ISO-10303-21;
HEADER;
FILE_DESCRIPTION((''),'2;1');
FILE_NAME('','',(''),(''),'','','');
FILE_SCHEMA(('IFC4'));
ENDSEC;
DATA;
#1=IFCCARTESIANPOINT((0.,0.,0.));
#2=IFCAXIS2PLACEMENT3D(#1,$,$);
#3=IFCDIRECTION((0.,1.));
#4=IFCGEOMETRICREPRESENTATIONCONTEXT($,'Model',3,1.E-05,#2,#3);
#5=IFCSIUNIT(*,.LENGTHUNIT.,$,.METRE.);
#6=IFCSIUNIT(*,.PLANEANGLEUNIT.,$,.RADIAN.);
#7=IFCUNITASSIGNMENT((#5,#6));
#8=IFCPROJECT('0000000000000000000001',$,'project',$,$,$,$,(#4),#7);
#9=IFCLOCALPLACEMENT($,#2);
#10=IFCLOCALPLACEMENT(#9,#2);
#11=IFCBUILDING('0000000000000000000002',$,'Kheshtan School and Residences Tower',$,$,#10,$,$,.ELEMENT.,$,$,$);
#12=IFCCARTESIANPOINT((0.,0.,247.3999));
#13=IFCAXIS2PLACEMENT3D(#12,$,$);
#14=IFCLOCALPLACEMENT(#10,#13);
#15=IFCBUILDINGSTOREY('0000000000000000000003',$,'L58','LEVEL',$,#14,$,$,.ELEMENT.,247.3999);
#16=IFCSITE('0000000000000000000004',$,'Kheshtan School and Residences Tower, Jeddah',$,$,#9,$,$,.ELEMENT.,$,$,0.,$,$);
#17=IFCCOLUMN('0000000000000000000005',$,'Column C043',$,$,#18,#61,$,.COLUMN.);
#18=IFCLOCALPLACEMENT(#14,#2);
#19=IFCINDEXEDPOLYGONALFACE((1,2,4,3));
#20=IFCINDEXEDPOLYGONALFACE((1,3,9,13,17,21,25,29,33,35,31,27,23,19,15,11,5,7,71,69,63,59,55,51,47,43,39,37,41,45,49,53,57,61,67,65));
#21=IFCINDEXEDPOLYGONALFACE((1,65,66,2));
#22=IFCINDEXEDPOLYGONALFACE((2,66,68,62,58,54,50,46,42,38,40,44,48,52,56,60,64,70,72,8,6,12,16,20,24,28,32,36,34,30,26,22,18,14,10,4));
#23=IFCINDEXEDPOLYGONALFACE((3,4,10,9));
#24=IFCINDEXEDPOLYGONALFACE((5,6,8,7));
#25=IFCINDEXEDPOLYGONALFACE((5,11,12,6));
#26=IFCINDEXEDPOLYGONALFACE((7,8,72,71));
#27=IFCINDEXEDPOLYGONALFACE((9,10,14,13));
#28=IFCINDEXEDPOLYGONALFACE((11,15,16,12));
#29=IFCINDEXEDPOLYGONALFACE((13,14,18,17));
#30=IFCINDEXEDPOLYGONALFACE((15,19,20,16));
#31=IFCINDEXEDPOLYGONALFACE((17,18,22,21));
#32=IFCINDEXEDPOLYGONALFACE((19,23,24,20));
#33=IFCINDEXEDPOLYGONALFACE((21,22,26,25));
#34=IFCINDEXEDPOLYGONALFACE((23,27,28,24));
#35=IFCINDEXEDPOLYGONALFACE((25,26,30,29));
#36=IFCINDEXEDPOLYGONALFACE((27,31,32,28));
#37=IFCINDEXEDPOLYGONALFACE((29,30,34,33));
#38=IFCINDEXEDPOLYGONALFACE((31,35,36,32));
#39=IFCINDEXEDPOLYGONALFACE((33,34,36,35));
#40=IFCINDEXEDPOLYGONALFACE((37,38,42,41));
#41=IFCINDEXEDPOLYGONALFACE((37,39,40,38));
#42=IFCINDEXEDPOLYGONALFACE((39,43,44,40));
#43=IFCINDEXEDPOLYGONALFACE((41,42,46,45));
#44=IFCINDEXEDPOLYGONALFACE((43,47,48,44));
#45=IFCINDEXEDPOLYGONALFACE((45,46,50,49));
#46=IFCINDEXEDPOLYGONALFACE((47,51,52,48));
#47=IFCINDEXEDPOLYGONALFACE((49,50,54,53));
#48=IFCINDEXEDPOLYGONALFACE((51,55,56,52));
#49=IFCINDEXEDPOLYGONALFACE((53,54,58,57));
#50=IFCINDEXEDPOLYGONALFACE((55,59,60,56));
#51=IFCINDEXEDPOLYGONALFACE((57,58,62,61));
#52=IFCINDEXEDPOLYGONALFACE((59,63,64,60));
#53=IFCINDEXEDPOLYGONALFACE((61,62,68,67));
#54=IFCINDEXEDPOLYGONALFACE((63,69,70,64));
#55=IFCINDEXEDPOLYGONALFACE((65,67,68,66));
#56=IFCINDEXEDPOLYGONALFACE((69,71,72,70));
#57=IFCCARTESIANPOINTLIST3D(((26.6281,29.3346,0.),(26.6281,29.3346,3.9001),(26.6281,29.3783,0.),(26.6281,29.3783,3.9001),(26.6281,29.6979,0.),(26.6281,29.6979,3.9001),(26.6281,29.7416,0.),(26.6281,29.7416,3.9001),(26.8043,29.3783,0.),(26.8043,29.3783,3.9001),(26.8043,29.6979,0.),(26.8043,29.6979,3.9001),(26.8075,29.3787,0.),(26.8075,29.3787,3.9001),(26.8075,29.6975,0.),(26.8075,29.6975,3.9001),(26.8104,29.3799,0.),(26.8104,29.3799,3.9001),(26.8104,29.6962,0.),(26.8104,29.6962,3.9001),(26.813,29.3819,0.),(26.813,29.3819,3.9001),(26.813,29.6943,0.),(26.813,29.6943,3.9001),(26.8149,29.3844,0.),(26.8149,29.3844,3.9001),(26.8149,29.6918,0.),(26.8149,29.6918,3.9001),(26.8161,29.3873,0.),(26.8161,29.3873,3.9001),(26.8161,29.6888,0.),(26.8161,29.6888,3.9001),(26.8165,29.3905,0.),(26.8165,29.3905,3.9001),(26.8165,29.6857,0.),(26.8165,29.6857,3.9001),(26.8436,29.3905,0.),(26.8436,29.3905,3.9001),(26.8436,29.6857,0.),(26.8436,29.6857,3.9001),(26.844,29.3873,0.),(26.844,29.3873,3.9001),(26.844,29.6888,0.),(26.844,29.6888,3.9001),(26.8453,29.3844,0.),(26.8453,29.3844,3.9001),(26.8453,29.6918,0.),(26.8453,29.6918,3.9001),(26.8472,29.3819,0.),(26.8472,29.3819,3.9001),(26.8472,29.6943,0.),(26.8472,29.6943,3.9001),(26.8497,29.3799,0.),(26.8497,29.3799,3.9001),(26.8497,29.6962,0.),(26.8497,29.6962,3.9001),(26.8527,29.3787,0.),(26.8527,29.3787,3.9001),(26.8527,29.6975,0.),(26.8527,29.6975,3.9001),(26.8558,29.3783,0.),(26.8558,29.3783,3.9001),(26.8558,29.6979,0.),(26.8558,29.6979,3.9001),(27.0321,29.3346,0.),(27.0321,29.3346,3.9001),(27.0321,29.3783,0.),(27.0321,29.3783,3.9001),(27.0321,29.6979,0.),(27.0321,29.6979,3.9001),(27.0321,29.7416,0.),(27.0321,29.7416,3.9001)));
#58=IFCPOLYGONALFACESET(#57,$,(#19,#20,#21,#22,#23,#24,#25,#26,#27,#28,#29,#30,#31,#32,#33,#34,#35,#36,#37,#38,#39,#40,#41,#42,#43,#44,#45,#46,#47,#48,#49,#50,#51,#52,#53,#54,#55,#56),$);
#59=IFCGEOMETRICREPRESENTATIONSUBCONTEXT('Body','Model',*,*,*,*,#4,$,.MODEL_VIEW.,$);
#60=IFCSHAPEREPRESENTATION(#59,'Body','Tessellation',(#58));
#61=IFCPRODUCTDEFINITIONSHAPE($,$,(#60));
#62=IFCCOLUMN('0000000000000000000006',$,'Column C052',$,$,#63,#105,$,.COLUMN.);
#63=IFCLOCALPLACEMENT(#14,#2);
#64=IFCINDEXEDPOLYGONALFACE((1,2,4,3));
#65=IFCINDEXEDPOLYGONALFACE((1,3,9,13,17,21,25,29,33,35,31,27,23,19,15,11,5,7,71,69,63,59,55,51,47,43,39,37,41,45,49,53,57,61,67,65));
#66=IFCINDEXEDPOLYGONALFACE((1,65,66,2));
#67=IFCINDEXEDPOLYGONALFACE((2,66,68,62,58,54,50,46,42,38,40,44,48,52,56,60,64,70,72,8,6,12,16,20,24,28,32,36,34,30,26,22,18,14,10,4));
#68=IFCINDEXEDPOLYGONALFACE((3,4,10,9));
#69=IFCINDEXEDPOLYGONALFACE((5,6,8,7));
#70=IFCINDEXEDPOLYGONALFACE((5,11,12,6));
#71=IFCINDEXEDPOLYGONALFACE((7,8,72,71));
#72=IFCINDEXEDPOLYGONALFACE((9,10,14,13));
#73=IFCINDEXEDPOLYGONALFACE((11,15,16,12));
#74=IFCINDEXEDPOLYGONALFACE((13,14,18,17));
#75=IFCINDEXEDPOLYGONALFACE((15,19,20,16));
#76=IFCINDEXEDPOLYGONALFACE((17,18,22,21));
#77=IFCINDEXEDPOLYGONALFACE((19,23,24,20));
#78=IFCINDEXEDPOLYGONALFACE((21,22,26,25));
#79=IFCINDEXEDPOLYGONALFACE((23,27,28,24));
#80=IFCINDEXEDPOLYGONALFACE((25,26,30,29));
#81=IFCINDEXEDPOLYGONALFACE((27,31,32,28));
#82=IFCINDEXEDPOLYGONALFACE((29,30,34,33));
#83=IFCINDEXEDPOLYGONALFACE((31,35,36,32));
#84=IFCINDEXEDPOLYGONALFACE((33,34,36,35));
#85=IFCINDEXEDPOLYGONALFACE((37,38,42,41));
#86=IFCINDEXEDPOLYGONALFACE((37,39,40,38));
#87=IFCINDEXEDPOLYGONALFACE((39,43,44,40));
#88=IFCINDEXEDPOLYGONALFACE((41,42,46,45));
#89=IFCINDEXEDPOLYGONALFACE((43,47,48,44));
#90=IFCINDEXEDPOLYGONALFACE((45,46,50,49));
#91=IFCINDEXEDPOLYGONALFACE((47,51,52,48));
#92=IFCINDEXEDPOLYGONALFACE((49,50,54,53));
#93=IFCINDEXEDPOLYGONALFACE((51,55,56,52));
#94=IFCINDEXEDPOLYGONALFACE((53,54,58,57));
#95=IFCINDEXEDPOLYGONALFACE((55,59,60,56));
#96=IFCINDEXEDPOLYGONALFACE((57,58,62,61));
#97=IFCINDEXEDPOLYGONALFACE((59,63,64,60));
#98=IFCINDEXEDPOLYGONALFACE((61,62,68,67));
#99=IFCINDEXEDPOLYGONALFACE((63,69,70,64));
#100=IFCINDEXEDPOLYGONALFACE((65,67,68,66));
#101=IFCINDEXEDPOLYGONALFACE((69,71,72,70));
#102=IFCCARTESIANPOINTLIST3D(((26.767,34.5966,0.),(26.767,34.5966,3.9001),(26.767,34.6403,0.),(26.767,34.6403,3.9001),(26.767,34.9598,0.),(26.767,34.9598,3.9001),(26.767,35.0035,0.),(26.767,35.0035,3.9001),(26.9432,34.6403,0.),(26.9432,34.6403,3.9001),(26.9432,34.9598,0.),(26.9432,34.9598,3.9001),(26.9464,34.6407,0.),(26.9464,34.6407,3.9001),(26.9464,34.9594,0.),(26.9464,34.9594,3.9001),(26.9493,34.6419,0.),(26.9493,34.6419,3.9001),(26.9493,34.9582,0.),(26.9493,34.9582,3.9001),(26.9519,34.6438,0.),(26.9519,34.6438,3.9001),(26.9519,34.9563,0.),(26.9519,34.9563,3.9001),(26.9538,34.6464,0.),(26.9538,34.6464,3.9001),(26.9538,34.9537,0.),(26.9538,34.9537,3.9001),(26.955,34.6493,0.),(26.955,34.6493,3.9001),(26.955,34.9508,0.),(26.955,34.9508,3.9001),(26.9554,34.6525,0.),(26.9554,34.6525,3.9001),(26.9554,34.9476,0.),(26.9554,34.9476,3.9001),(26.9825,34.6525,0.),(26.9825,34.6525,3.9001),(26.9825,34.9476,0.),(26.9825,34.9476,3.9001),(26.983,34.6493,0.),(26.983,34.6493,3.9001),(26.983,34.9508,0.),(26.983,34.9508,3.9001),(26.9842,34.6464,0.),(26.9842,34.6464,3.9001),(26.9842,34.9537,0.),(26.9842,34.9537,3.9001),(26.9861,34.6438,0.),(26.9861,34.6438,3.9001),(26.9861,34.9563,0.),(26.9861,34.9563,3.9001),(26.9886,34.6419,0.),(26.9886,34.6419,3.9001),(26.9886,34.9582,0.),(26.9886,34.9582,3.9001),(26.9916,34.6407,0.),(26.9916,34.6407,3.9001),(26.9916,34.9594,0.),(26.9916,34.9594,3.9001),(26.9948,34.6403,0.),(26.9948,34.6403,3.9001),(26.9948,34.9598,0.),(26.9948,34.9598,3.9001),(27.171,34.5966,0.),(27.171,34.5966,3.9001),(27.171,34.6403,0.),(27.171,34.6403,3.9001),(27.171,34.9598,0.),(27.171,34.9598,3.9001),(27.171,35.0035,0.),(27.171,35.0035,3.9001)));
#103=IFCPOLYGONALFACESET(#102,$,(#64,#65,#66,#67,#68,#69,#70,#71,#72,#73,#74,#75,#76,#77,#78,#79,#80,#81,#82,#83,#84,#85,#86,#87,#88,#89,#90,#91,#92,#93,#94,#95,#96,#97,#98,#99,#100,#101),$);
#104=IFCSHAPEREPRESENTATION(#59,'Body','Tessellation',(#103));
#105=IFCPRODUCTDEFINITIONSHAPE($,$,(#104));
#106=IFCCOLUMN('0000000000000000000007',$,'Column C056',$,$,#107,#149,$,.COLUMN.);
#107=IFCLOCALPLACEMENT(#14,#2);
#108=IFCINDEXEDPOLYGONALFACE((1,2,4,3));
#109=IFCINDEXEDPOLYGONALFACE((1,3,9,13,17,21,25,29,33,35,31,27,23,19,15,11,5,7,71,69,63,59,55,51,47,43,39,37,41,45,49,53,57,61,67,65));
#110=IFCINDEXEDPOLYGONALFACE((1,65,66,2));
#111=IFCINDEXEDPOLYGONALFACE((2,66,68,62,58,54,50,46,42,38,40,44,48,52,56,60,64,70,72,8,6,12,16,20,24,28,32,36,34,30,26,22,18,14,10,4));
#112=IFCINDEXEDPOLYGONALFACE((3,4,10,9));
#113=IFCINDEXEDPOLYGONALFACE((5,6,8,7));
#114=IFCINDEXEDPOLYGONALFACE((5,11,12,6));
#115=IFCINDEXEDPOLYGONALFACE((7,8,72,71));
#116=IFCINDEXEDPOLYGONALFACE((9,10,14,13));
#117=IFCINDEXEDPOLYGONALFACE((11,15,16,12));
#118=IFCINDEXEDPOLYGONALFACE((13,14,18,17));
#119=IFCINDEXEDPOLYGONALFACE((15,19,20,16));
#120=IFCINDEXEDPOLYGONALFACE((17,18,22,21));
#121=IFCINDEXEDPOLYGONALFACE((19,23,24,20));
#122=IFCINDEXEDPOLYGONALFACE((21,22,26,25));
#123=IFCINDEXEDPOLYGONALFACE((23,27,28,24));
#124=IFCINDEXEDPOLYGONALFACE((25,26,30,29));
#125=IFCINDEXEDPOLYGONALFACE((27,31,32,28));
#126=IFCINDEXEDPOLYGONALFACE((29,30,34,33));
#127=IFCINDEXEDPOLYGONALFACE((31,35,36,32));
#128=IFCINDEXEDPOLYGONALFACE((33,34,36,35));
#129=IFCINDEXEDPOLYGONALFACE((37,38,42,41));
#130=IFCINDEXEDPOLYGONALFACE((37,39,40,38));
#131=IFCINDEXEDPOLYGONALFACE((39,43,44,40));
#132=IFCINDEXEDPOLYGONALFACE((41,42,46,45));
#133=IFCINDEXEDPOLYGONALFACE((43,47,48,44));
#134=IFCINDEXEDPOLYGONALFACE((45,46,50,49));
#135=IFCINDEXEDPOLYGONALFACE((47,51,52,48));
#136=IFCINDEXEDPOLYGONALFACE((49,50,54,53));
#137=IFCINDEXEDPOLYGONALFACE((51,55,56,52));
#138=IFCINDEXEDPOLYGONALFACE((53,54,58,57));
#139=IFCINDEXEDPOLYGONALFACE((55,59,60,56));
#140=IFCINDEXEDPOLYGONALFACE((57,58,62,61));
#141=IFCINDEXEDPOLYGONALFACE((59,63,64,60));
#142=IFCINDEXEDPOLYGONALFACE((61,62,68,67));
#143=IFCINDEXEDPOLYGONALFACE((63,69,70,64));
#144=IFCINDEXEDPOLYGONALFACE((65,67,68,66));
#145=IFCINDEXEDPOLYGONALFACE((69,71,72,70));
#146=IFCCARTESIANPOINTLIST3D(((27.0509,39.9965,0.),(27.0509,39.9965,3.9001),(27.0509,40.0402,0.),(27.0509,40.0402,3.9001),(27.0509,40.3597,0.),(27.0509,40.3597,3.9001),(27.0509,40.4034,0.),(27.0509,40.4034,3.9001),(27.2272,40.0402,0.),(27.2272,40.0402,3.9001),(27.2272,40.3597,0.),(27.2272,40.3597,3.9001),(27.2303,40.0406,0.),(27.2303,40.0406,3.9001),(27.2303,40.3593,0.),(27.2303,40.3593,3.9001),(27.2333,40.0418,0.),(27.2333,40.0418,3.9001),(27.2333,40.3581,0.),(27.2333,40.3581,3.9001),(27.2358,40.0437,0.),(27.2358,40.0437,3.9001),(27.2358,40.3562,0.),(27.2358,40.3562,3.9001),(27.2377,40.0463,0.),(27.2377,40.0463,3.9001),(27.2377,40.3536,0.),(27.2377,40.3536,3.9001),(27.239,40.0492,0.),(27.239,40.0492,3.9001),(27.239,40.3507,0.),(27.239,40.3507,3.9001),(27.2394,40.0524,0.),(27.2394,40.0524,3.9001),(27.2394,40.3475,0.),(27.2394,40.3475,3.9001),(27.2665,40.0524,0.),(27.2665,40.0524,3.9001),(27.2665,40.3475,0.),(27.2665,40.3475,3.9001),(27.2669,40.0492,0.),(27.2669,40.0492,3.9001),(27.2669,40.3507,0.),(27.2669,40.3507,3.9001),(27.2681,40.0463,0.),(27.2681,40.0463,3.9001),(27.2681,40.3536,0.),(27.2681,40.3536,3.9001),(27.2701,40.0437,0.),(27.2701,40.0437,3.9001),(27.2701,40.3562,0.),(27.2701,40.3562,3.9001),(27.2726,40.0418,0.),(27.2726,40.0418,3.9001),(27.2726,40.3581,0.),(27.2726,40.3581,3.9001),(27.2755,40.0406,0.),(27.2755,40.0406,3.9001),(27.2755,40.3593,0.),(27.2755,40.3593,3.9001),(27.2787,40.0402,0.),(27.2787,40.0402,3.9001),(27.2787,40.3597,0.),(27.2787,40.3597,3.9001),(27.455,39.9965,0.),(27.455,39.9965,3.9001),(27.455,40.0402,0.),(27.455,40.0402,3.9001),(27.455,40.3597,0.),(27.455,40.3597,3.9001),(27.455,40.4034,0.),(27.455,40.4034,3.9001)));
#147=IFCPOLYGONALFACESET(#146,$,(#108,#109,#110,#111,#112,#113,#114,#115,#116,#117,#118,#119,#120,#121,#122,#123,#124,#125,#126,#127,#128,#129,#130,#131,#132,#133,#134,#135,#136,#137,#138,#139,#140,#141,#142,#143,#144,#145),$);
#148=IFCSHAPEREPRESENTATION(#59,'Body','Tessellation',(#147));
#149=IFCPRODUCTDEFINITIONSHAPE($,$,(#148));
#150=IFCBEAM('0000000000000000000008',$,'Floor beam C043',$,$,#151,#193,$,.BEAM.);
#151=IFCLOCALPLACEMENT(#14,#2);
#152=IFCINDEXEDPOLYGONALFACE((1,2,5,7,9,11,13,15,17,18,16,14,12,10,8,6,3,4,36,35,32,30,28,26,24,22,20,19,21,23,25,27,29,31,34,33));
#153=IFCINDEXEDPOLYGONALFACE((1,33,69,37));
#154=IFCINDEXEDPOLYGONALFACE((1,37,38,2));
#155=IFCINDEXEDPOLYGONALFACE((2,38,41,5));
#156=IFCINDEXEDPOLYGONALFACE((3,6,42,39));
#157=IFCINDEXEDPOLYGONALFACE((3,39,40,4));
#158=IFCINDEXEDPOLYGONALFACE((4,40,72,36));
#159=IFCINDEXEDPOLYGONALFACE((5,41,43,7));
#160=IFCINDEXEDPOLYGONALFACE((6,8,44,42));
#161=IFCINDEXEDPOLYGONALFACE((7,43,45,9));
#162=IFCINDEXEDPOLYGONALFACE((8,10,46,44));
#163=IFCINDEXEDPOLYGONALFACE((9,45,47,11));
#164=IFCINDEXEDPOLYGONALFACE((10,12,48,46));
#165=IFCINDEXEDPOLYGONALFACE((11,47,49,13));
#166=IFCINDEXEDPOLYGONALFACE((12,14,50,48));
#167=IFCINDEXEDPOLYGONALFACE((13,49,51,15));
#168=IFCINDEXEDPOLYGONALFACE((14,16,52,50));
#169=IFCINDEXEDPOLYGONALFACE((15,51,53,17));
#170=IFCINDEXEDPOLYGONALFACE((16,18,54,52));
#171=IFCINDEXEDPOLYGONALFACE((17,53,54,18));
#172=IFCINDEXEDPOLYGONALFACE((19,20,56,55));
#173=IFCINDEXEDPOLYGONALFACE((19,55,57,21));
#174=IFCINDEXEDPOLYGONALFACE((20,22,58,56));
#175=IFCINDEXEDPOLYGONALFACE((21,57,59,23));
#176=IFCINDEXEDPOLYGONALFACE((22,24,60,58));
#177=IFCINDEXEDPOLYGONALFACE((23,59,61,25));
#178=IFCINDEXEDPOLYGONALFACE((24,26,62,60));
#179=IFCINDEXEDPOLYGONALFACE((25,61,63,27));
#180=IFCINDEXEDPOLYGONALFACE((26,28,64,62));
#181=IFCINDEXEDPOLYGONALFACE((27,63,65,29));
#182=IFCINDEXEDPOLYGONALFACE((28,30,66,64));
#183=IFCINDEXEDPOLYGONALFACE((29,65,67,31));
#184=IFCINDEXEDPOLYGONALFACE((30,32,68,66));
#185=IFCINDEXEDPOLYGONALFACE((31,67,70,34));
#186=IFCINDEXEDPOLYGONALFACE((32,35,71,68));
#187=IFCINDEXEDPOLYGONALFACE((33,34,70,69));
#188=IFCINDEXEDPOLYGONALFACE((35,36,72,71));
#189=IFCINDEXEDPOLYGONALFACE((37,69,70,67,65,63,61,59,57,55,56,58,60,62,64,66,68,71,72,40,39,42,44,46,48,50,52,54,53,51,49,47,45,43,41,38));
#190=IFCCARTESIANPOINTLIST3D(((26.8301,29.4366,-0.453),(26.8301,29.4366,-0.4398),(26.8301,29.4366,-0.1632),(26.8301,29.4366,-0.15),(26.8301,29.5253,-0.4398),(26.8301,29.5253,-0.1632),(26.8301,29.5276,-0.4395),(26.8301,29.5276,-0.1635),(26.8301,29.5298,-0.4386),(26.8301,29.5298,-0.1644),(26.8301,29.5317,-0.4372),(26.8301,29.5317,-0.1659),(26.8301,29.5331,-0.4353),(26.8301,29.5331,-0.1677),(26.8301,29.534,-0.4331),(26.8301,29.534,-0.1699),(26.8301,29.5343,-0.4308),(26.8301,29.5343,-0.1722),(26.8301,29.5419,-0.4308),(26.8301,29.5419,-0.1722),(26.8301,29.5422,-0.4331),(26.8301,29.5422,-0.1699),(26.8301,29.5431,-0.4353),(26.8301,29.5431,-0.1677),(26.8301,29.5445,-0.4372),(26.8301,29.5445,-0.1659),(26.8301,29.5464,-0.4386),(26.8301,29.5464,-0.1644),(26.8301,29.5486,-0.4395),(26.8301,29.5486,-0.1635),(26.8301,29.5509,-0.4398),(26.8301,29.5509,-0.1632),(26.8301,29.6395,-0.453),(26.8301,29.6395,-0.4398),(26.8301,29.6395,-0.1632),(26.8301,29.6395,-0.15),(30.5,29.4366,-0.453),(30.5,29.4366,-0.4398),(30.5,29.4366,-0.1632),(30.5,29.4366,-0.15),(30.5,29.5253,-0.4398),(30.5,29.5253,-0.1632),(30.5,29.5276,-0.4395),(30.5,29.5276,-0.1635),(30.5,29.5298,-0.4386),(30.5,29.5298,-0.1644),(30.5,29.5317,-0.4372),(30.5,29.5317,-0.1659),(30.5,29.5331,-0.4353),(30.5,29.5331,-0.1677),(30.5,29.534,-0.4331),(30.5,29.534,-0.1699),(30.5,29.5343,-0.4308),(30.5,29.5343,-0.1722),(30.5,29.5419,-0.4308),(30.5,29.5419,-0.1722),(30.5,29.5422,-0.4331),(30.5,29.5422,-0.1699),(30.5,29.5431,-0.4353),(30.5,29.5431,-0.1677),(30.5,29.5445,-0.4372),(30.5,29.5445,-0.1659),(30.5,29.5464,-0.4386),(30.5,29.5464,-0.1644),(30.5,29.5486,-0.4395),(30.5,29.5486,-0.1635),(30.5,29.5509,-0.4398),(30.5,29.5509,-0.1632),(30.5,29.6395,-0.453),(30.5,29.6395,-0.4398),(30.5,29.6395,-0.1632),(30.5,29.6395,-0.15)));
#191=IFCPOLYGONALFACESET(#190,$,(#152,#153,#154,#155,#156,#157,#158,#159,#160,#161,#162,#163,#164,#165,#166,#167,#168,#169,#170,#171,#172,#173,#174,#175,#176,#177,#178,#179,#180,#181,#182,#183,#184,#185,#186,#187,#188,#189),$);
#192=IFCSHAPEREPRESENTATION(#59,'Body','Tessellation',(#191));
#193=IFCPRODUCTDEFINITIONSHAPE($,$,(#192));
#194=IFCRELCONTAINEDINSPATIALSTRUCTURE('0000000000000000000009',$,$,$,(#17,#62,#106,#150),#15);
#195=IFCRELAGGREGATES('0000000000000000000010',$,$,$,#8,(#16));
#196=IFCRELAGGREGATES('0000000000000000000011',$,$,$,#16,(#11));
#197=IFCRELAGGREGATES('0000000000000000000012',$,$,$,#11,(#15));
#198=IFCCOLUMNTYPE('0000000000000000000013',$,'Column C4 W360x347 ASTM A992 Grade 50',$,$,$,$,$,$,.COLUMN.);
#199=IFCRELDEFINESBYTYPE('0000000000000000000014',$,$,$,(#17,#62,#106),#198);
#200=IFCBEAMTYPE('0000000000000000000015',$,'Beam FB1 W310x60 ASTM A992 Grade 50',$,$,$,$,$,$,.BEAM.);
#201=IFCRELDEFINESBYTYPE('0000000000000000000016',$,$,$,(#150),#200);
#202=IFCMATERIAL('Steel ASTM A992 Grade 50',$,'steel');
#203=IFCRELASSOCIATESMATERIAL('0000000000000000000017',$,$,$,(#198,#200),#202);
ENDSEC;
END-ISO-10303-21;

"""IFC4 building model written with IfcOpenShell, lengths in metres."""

from ifc_helpers import new_model, si_unit, direction, frame, origin, origin_2d, place, context, subcontext, project, spatial, i_section, extrude, material, material_profile, profile_set, type_object, element, save


model = new_model("IFC4")

# Units and contexts
model_context = context("Model", 3, precision=1e-05, world=origin(), true_north=direction((0.0, 1.0)))
body_context = subcontext(model_context, "Body", "Model", "MODEL_VIEW")
ifc_project = project(units=[si_unit("LENGTHUNIT", "METRE"), si_unit("PLANEANGLEUNIT", "RADIAN")], contexts=[model_context])

# Site, building, storey
site_placement = place(None, origin())
site = spatial("IfcSite", under=ifc_project, at=site_placement, Name="Kheshtan School and Residences Tower, Jeddah", CompositionType="ELEMENT", RefElevation=0.0)
building_placement = place(site_placement, origin())
building = spatial("IfcBuilding", under=site, at=building_placement, Name="Kheshtan School and Residences Tower", CompositionType="ELEMENT")
storey_placement = place(building_placement, frame((0.0, 0.0, 247.3999)))
storey = spatial("IfcBuildingStorey", under=building, at=storey_placement, Name="L58", Description="LEVEL", CompositionType="ELEMENT", Elevation=247.3999)

# Columns
ifc_material_1 = material(Name="Steel ASTM A992 Grade 50", Category="steel")
ifc_material_profile_1 = material_profile(ifc_material_1, i_section(OverallWidth=0.4041, OverallDepth=0.407, WebThickness=0.0271, FlangeThickness=0.0437, FilletRadius=0.0122, at=origin_2d()), Name="W360x347")
ifc_profile_set_1 = profile_set([ifc_material_profile_1], Name="Steel ASTM A992 Grade 50")
column_type = type_object("IfcColumnType", Name="Column C4 W360x347 ASTM A992 Grade 50", PredefinedType="COLUMN", material=ifc_profile_set_1)
for number, where, z_axis, x_axis, name in (
    (1, (26.8301, 29.5381, 0.0), (0.0, 0.0, 1.0), (1.0, 0.0, 0.0), "Column C043"),
    (2, (26.969, 34.8, 0.0), (0.0, 0.0, 1.0), (1.0, 0.0, 0.0), "Column C052"),
    (3, (27.2529, 40.2, 0.0), (0.0, 0.0, 1.0), (1.0, 0.0, 0.0), "Column C056"),
):
    element("IfcColumn", number, at=place(storey_placement, frame(where, z_axis=z_axis, x_axis=x_axis)), inside=storey, type_object=column_type, Name=name, PredefinedType="COLUMN", context=body_context, shape_type="SweptSolid", body=[
        extrude(i_section(OverallWidth=0.4041, OverallDepth=0.407, WebThickness=0.0271, FlangeThickness=0.0437, FilletRadius=0.0122, at=origin_2d()), origin(), (0.0, 0.0, 1.0), 3.9001),
    ])

# Beam
ifc_material_profile_2 = material_profile(ifc_material_1, i_section(OverallWidth=0.2029, OverallDepth=0.303, WebThickness=0.0076, FlangeThickness=0.0132, FilletRadius=0.009, at=origin_2d()), Name="W310x60")
ifc_profile_set_2 = profile_set([ifc_material_profile_2], Name="Steel ASTM A992 Grade 50")
beam_type_1 = type_object("IfcBeamType", Name="Beam FB1 W310x60 ASTM A992 Grade 50", PredefinedType="BEAM", material=ifc_profile_set_2)
beam_1_placement = place(storey_placement, frame((26.8301, 29.5381, -0.3015), z_axis=(1.0, 0.0, 0.0), x_axis=(0.0, 1.0, 0.0)))
element("IfcBeam", 4, at=beam_1_placement, inside=storey, type_object=beam_type_1, Name="Floor beam C043", PredefinedType="BEAM", context=body_context, shape_type="SweptSolid", body=[
    extrude(i_section(OverallWidth=0.2029, OverallDepth=0.303, WebThickness=0.0076, FlangeThickness=0.0132, FilletRadius=0.009, at=origin_2d()), origin(), (0.0, 0.0, 1.0), 3.6699),
])

save(model, "model.ifc")
